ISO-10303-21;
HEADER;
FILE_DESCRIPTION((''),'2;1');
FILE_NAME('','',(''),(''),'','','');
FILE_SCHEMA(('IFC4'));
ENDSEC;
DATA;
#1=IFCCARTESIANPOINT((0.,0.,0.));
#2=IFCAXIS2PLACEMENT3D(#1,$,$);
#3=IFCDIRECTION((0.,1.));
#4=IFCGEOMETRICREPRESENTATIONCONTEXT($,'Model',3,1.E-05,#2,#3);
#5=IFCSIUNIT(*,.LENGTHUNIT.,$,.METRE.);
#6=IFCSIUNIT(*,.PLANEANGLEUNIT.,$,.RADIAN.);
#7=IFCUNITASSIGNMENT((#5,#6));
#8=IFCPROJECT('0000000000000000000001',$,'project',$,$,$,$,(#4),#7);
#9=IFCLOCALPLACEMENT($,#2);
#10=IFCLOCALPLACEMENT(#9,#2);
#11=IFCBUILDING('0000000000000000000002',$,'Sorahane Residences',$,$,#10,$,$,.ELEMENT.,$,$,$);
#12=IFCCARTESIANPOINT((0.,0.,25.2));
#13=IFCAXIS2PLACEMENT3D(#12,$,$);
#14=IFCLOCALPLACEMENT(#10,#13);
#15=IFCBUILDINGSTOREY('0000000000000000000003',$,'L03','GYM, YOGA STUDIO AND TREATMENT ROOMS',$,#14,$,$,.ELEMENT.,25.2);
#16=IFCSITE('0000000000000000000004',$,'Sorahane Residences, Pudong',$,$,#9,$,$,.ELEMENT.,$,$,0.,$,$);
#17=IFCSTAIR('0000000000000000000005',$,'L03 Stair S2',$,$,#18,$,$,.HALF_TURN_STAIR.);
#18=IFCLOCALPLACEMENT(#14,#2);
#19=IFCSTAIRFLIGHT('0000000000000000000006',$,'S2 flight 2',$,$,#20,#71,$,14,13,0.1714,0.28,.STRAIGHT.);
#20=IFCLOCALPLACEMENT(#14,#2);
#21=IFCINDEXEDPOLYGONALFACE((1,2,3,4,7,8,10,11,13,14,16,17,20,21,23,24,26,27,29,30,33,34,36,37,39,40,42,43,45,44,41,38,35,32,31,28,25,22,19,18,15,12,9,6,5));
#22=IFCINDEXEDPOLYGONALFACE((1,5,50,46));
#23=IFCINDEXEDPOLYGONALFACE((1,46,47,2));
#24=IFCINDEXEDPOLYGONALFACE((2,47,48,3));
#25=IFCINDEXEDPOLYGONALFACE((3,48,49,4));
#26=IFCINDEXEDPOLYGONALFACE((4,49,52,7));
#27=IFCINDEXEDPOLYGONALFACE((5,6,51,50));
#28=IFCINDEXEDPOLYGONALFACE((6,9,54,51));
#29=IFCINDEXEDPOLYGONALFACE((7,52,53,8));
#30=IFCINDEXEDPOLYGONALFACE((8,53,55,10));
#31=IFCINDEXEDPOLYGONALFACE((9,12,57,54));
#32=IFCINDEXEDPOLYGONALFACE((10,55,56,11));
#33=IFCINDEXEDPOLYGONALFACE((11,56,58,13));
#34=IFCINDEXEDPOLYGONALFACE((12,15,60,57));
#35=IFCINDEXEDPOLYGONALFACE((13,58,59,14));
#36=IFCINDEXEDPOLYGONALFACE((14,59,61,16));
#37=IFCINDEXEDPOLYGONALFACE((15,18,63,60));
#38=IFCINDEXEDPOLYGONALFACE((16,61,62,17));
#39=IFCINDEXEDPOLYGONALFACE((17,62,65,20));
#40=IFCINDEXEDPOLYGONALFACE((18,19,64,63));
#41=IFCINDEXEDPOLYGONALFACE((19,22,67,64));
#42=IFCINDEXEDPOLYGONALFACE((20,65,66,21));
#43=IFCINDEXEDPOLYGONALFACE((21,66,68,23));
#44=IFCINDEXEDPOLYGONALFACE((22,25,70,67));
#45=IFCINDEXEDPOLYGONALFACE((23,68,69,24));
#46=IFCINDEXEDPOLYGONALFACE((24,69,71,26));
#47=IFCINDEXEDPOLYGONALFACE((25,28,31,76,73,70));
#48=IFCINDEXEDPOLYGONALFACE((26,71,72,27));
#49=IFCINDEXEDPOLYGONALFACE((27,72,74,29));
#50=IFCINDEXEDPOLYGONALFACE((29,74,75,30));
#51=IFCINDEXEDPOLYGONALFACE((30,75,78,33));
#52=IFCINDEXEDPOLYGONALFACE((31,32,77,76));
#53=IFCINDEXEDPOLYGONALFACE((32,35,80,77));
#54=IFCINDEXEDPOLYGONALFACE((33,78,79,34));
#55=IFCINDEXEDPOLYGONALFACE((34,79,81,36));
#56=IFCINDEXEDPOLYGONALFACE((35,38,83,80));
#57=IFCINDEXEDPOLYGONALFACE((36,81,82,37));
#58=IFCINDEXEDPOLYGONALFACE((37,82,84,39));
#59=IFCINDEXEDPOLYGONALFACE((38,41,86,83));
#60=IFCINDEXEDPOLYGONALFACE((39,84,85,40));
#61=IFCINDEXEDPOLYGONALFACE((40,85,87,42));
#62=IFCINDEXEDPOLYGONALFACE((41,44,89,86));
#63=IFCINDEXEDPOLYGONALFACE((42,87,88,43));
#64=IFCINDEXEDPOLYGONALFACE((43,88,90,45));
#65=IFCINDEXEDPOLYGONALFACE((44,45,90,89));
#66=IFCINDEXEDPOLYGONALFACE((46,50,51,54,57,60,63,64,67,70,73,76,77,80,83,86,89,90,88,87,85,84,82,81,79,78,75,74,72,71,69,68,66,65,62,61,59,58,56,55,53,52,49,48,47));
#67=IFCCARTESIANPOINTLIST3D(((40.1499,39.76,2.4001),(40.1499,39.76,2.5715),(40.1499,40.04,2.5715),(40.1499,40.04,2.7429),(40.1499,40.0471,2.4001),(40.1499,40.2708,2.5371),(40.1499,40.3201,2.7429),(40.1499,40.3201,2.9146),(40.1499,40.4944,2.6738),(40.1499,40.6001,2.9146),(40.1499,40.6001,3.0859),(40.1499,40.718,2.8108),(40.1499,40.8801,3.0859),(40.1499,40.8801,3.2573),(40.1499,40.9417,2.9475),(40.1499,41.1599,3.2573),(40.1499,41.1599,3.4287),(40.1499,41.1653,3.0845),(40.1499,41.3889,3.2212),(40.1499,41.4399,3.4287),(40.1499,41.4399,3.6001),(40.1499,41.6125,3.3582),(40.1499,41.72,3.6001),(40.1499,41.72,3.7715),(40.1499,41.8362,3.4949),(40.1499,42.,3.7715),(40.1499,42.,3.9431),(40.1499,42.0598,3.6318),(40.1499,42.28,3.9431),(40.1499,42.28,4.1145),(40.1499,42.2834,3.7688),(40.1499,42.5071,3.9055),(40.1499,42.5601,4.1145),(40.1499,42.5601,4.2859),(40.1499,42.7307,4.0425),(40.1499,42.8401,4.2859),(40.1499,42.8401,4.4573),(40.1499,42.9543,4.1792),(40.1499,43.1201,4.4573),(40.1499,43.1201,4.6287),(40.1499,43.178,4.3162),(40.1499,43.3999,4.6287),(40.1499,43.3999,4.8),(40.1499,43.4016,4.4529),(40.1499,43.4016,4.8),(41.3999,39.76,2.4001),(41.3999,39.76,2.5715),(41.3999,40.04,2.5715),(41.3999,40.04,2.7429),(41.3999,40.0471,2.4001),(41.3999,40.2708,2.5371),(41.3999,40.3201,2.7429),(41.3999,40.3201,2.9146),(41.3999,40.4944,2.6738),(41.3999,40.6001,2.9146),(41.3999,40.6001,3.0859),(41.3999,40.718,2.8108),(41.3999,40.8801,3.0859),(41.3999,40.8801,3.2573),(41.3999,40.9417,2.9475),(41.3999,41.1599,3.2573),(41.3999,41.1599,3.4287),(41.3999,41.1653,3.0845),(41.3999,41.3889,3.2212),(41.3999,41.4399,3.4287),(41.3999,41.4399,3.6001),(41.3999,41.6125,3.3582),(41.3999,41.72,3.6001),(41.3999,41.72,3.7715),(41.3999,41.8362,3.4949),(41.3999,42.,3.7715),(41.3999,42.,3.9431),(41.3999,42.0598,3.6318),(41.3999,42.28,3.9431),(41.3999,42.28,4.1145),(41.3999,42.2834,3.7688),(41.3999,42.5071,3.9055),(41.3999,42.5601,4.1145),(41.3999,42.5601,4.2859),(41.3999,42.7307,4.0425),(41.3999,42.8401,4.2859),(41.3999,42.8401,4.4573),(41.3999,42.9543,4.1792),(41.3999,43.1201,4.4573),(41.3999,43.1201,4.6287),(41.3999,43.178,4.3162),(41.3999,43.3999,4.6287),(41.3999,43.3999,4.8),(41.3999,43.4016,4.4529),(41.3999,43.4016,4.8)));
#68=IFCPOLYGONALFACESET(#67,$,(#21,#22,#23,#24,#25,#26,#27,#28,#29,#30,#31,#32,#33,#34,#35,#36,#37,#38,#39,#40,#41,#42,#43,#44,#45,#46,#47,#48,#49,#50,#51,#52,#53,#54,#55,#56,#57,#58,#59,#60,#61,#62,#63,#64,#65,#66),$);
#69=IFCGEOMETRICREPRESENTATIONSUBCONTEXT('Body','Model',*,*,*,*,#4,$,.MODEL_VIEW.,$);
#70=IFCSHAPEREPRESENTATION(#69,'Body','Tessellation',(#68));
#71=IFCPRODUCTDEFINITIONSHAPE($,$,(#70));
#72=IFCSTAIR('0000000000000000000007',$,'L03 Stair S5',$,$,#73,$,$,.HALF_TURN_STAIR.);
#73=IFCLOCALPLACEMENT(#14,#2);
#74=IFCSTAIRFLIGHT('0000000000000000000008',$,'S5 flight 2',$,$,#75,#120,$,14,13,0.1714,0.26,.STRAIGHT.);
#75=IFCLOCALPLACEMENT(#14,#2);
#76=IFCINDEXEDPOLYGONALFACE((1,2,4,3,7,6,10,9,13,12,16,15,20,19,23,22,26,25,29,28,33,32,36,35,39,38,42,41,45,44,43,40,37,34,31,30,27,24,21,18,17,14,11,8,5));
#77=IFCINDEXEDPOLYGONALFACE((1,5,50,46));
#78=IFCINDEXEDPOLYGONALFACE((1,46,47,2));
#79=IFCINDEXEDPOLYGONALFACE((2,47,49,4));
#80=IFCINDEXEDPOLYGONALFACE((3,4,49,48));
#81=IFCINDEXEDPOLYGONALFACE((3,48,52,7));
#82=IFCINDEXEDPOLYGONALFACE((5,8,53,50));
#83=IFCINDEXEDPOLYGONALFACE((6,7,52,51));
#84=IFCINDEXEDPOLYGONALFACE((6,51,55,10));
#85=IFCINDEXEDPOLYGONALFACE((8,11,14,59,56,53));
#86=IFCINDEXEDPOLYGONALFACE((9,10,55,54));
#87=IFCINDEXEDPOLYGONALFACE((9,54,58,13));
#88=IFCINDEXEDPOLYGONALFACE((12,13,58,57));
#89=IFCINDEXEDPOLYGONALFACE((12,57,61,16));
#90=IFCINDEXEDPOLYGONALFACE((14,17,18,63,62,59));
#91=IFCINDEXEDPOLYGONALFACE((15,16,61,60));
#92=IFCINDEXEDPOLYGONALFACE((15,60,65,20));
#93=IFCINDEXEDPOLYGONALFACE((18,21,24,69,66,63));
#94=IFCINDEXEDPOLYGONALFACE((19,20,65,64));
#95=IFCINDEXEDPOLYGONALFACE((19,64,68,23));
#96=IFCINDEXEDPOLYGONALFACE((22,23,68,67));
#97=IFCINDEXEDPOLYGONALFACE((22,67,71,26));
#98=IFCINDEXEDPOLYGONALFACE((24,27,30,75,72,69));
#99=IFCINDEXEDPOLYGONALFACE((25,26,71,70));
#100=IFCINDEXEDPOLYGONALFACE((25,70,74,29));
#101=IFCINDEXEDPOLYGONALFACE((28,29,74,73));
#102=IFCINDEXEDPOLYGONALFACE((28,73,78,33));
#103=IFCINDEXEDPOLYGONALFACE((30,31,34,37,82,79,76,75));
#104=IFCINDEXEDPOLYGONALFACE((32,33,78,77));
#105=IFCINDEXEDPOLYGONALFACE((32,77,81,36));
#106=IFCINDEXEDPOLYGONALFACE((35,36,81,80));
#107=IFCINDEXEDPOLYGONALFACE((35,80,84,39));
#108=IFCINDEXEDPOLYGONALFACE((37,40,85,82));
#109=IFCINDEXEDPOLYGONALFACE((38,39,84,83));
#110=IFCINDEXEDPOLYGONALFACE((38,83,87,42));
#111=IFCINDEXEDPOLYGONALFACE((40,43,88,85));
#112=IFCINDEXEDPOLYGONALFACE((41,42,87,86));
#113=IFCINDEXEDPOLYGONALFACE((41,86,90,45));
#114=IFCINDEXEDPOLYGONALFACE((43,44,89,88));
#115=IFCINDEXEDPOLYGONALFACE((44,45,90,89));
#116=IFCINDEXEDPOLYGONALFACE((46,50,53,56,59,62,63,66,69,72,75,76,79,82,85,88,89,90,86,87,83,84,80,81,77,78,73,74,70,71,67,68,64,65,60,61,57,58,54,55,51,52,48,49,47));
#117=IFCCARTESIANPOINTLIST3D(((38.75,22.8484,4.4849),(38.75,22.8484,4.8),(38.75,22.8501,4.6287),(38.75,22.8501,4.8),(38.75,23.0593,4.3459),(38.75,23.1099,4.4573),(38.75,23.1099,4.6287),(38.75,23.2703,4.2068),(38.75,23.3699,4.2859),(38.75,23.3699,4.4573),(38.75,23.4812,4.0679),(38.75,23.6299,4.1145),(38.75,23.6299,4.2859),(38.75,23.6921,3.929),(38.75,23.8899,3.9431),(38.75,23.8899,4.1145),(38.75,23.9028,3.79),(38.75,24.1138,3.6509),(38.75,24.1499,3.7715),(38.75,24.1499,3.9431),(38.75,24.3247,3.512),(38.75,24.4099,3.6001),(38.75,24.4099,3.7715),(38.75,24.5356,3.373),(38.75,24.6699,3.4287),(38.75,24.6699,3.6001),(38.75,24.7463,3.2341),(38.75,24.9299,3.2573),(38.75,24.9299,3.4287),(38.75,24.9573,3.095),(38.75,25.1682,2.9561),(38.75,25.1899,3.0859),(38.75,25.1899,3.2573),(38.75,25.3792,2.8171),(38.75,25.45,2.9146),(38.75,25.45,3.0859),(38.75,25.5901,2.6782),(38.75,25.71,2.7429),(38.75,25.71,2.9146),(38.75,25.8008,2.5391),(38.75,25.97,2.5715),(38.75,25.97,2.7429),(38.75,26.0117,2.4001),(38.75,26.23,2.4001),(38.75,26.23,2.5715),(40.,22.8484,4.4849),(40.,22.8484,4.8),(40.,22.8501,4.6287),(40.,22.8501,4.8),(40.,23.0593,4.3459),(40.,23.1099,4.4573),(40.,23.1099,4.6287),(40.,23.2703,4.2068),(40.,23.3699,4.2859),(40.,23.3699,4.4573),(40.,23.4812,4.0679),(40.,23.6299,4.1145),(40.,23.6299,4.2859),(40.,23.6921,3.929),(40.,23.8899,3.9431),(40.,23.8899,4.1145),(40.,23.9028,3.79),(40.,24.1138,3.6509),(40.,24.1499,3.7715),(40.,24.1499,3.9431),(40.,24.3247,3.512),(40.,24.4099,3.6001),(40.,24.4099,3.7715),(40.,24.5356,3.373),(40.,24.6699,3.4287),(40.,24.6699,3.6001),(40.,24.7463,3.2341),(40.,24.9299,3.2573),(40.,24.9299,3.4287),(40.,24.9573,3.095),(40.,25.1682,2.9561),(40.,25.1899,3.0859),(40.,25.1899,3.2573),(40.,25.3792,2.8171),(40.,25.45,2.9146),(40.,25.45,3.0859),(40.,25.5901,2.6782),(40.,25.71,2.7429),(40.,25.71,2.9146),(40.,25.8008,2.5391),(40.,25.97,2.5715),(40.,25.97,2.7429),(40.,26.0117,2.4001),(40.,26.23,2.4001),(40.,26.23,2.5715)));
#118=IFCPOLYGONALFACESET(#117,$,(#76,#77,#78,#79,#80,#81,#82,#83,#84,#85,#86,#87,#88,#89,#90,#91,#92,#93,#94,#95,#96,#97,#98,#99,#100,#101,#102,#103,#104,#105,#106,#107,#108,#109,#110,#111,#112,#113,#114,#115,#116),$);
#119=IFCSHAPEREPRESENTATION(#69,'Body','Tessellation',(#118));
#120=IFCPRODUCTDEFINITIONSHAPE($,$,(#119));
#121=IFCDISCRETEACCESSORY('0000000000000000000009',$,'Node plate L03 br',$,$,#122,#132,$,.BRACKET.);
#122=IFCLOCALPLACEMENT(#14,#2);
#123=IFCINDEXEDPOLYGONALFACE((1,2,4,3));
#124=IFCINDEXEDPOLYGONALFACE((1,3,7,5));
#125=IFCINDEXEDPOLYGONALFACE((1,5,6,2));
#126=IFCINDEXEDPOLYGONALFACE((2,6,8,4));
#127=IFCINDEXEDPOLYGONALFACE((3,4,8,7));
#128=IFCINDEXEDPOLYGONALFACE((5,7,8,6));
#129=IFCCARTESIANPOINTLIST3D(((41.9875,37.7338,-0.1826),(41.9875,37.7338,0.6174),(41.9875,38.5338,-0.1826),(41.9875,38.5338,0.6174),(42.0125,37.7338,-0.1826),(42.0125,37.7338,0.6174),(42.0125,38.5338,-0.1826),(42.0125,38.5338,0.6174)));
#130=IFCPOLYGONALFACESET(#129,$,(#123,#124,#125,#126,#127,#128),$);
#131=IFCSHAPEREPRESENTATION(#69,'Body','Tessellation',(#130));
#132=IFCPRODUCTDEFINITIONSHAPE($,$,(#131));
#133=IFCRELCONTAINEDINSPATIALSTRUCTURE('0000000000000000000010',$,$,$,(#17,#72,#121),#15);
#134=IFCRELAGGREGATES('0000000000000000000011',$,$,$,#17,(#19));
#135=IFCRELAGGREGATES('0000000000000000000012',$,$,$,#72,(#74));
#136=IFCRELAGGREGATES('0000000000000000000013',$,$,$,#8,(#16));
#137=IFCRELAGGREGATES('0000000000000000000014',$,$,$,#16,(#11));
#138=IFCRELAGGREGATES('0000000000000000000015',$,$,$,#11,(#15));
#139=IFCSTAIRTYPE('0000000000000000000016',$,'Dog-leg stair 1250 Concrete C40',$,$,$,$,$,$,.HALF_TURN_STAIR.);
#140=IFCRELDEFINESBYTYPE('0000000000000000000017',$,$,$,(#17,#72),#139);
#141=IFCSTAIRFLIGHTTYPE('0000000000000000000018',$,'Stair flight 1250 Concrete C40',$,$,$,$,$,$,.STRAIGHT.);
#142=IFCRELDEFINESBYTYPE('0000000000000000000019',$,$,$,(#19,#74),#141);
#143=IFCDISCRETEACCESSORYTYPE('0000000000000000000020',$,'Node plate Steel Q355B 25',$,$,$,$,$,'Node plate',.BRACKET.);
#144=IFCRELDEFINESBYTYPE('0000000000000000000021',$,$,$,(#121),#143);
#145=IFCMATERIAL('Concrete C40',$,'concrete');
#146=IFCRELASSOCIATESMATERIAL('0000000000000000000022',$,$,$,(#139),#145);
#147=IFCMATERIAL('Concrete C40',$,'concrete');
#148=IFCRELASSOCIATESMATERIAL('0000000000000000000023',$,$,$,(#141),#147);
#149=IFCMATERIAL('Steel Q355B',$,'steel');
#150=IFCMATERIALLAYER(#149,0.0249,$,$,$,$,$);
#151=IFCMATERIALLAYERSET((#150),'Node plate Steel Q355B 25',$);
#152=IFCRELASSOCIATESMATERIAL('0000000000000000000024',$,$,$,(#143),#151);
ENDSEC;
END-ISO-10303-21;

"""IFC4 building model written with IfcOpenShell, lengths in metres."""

from ifc_helpers import new_model, si_unit, direction, frame, origin, origin_2d, place, context, subcontext, project, spatial, polyline, rectangle, outline, extrude, material, layer, layer_set, type_object, element, aggregate, save


model = new_model("IFC4")

# Units and contexts
model_context = context("Model", 3, precision=1e-05, world=origin(), true_north=direction((0.0, 1.0)))
body_context = subcontext(model_context, "Body", "Model", "MODEL_VIEW")
ifc_project = project(units=[si_unit("LENGTHUNIT", "METRE"), si_unit("PLANEANGLEUNIT", "RADIAN")], contexts=[model_context])

# Site, building, storey
site_placement = place(None, origin())
site = spatial("IfcSite", under=ifc_project, at=site_placement, Name="Sorahane Residences, Pudong", CompositionType="ELEMENT", RefElevation=0.0)
building_placement = place(site_placement, origin())
building = spatial("IfcBuilding", under=site, at=building_placement, Name="Sorahane Residences", CompositionType="ELEMENT")
storey_placement = place(building_placement, frame((0.0, 0.0, 25.2)))
storey = spatial("IfcBuildingStorey", under=building, at=storey_placement, Name="L03", Description="GYM, YOGA STUDIO AND TREATMENT ROOMS", CompositionType="ELEMENT", Elevation=25.2)

# Stairs, stair flights
ifc_material_1 = material(Name="Concrete C40", Category="concrete")
stair_type = type_object("IfcStairType", Name="Dog-leg stair 1250 Concrete C40", PredefinedType="HALF_TURN_STAIR", material=ifc_material_1)
stair_1_placement = place(storey_placement, origin())
stair_1 = element("IfcStair", 1, at=stair_1_placement, inside=storey, type_object=stair_type, Name="L03 Stair S2", PredefinedType="HALF_TURN_STAIR")
ifc_material_2 = material(Name="Concrete C40", Category="concrete")
stair_flight_type = type_object("IfcStairFlightType", Name="Stair flight 1250 Concrete C40", PredefinedType="STRAIGHT", material=ifc_material_2)
stair_flight_1_placement = place(storey_placement, frame((40.7749, 39.76, 2.4001), z_axis=(0.0, 0.0, 1.0), x_axis=(0.0, 1.0, 0.0)))
stair_flight_1 = element("IfcStairFlight", 2, at=stair_flight_1_placement, type_object=stair_flight_type, Name="S2 flight 2", NumberOfRisers=14, NumberOfTreads=13, PredefinedType="STRAIGHT", RiserHeight=0.1714, TreadLength=0.28, context=body_context, shape_type="SweptSolid", body=[
    extrude(outline(polyline([(0.0, 0.0), (0.0, 0.1714), (0.28, 0.1714), (0.28, 0.3428), (0.5601, 0.3428), (0.5601, 0.5144), (0.8401, 0.5144), (0.8401, 0.6858), (1.1201, 0.6858), (1.1201, 0.8572), (1.3999, 0.8572), (1.3999, 1.0286), (1.6799, 1.0286), (1.6799, 1.2), (1.96, 1.2), (1.96, 1.3713), (2.24, 1.3713), (2.24, 1.543), (2.52, 1.543), (2.52, 1.7144), (2.8, 1.7144), (2.8, 1.8857), (3.0801, 1.8857), (3.0801, 2.0571), (3.3601, 2.0571), (3.3601, 2.2285), (3.6399, 2.2285), (3.6399, 2.3999), (3.6416, 2.3999), (3.6416, 2.0527), (3.418, 1.916), (3.1943, 1.7791), (2.9707, 1.6423), (2.7471, 1.5054), (2.5234, 1.3687), (2.2998, 1.2317), (2.0762, 1.0947), (1.8525, 0.958), (1.6289, 0.821), (1.4053, 0.6843), (1.1816, 0.5474), (0.958, 0.4106), (0.7344, 0.2737), (0.5107, 0.137), (0.2871, 0.0), (0.0, 0.0)])), frame((0.0, 0.625, 0.0), z_axis=(0.0, -1.0, 0.0), x_axis=(1.0, 0.0, 0.0)), (0.0, 0.0, 1.0), 1.25),
])
aggregate(stair_1, [stair_flight_1])
stair_2_placement = place(storey_placement, origin())
stair_2 = element("IfcStair", 3, at=stair_2_placement, inside=storey, type_object=stair_type, Name="L03 Stair S5", PredefinedType="HALF_TURN_STAIR")
stair_flight_2_placement = place(storey_placement, frame((39.375, 26.23, 2.4001), z_axis=(0.0, 0.0, 1.0), x_axis=(0.0, -1.0, 0.0)))
stair_flight_2 = element("IfcStairFlight", 4, at=stair_flight_2_placement, type_object=stair_flight_type, Name="S5 flight 2", NumberOfRisers=14, NumberOfTreads=13, PredefinedType="STRAIGHT", RiserHeight=0.1714, TreadLength=0.26, context=body_context, shape_type="SweptSolid", body=[
    extrude(outline(polyline([(0.0, 0.0), (0.0, 0.1714), (0.26, 0.1714), (0.26, 0.3428), (0.52, 0.3428), (0.52, 0.5144), (0.78, 0.5144), (0.78, 0.6858), (1.04, 0.6858), (1.04, 0.8572), (1.3, 0.8572), (1.3, 1.0286), (1.5601, 1.0286), (1.5601, 1.2), (1.8201, 1.2), (1.8201, 1.3713), (2.0801, 1.3713), (2.0801, 1.543), (2.3401, 1.543), (2.3401, 1.7144), (2.6001, 1.7144), (2.6001, 1.8857), (2.8601, 1.8857), (2.8601, 2.0571), (3.1201, 2.0571), (3.1201, 2.2285), (3.3799, 2.2285), (3.3799, 2.3999), (3.3816, 2.3999), (3.3816, 2.0847), (3.1707, 1.9458), (2.9597, 1.8066), (2.7488, 1.6677), (2.5378, 1.5288), (2.3271, 1.3899), (2.1162, 1.2507), (1.9053, 1.1118), (1.6943, 0.9729), (1.4836, 0.834), (1.2727, 0.6948), (1.0618, 0.5559), (0.8508, 0.417), (0.6399, 0.2781), (0.4292, 0.1389), (0.2183, 0.0), (0.0, 0.0)])), frame((0.0, 0.625, 0.0), z_axis=(0.0, -1.0, 0.0), x_axis=(1.0, 0.0, 0.0)), (0.0, 0.0, 1.0), 1.25),
])
aggregate(stair_2, [stair_flight_2])

# Discrete accessory
ifc_material_3 = material(Name="Steel Q355B", Category="steel")
ifc_layer_1 = layer(ifc_material_3, 0.0249)
ifc_layer_set_1 = layer_set([ifc_layer_1], Name="Node plate Steel Q355B 25")
discrete_accessory_type = type_object("IfcDiscreteAccessoryType", Name="Node plate Steel Q355B 25", ElementType="Node plate", PredefinedType="BRACKET", material=ifc_layer_set_1)
discrete_accessory_placement = place(storey_placement, frame((42.0, 38.1338, -0.1826), z_axis=(0.0, 0.0, 1.0), x_axis=(0.0, 1.0, 0.0)))
element("IfcDiscreteAccessory", 5, at=discrete_accessory_placement, inside=storey, type_object=discrete_accessory_type, Name="Node plate L03 br", PredefinedType="BRACKET", context=body_context, shape_type="SweptSolid", body=[
    extrude(rectangle(XDim=0.8, YDim=0.0249, at=origin_2d()), origin(), (0.0, 0.0, 1.0), 0.8),
])

save(model, "model.ifc")
